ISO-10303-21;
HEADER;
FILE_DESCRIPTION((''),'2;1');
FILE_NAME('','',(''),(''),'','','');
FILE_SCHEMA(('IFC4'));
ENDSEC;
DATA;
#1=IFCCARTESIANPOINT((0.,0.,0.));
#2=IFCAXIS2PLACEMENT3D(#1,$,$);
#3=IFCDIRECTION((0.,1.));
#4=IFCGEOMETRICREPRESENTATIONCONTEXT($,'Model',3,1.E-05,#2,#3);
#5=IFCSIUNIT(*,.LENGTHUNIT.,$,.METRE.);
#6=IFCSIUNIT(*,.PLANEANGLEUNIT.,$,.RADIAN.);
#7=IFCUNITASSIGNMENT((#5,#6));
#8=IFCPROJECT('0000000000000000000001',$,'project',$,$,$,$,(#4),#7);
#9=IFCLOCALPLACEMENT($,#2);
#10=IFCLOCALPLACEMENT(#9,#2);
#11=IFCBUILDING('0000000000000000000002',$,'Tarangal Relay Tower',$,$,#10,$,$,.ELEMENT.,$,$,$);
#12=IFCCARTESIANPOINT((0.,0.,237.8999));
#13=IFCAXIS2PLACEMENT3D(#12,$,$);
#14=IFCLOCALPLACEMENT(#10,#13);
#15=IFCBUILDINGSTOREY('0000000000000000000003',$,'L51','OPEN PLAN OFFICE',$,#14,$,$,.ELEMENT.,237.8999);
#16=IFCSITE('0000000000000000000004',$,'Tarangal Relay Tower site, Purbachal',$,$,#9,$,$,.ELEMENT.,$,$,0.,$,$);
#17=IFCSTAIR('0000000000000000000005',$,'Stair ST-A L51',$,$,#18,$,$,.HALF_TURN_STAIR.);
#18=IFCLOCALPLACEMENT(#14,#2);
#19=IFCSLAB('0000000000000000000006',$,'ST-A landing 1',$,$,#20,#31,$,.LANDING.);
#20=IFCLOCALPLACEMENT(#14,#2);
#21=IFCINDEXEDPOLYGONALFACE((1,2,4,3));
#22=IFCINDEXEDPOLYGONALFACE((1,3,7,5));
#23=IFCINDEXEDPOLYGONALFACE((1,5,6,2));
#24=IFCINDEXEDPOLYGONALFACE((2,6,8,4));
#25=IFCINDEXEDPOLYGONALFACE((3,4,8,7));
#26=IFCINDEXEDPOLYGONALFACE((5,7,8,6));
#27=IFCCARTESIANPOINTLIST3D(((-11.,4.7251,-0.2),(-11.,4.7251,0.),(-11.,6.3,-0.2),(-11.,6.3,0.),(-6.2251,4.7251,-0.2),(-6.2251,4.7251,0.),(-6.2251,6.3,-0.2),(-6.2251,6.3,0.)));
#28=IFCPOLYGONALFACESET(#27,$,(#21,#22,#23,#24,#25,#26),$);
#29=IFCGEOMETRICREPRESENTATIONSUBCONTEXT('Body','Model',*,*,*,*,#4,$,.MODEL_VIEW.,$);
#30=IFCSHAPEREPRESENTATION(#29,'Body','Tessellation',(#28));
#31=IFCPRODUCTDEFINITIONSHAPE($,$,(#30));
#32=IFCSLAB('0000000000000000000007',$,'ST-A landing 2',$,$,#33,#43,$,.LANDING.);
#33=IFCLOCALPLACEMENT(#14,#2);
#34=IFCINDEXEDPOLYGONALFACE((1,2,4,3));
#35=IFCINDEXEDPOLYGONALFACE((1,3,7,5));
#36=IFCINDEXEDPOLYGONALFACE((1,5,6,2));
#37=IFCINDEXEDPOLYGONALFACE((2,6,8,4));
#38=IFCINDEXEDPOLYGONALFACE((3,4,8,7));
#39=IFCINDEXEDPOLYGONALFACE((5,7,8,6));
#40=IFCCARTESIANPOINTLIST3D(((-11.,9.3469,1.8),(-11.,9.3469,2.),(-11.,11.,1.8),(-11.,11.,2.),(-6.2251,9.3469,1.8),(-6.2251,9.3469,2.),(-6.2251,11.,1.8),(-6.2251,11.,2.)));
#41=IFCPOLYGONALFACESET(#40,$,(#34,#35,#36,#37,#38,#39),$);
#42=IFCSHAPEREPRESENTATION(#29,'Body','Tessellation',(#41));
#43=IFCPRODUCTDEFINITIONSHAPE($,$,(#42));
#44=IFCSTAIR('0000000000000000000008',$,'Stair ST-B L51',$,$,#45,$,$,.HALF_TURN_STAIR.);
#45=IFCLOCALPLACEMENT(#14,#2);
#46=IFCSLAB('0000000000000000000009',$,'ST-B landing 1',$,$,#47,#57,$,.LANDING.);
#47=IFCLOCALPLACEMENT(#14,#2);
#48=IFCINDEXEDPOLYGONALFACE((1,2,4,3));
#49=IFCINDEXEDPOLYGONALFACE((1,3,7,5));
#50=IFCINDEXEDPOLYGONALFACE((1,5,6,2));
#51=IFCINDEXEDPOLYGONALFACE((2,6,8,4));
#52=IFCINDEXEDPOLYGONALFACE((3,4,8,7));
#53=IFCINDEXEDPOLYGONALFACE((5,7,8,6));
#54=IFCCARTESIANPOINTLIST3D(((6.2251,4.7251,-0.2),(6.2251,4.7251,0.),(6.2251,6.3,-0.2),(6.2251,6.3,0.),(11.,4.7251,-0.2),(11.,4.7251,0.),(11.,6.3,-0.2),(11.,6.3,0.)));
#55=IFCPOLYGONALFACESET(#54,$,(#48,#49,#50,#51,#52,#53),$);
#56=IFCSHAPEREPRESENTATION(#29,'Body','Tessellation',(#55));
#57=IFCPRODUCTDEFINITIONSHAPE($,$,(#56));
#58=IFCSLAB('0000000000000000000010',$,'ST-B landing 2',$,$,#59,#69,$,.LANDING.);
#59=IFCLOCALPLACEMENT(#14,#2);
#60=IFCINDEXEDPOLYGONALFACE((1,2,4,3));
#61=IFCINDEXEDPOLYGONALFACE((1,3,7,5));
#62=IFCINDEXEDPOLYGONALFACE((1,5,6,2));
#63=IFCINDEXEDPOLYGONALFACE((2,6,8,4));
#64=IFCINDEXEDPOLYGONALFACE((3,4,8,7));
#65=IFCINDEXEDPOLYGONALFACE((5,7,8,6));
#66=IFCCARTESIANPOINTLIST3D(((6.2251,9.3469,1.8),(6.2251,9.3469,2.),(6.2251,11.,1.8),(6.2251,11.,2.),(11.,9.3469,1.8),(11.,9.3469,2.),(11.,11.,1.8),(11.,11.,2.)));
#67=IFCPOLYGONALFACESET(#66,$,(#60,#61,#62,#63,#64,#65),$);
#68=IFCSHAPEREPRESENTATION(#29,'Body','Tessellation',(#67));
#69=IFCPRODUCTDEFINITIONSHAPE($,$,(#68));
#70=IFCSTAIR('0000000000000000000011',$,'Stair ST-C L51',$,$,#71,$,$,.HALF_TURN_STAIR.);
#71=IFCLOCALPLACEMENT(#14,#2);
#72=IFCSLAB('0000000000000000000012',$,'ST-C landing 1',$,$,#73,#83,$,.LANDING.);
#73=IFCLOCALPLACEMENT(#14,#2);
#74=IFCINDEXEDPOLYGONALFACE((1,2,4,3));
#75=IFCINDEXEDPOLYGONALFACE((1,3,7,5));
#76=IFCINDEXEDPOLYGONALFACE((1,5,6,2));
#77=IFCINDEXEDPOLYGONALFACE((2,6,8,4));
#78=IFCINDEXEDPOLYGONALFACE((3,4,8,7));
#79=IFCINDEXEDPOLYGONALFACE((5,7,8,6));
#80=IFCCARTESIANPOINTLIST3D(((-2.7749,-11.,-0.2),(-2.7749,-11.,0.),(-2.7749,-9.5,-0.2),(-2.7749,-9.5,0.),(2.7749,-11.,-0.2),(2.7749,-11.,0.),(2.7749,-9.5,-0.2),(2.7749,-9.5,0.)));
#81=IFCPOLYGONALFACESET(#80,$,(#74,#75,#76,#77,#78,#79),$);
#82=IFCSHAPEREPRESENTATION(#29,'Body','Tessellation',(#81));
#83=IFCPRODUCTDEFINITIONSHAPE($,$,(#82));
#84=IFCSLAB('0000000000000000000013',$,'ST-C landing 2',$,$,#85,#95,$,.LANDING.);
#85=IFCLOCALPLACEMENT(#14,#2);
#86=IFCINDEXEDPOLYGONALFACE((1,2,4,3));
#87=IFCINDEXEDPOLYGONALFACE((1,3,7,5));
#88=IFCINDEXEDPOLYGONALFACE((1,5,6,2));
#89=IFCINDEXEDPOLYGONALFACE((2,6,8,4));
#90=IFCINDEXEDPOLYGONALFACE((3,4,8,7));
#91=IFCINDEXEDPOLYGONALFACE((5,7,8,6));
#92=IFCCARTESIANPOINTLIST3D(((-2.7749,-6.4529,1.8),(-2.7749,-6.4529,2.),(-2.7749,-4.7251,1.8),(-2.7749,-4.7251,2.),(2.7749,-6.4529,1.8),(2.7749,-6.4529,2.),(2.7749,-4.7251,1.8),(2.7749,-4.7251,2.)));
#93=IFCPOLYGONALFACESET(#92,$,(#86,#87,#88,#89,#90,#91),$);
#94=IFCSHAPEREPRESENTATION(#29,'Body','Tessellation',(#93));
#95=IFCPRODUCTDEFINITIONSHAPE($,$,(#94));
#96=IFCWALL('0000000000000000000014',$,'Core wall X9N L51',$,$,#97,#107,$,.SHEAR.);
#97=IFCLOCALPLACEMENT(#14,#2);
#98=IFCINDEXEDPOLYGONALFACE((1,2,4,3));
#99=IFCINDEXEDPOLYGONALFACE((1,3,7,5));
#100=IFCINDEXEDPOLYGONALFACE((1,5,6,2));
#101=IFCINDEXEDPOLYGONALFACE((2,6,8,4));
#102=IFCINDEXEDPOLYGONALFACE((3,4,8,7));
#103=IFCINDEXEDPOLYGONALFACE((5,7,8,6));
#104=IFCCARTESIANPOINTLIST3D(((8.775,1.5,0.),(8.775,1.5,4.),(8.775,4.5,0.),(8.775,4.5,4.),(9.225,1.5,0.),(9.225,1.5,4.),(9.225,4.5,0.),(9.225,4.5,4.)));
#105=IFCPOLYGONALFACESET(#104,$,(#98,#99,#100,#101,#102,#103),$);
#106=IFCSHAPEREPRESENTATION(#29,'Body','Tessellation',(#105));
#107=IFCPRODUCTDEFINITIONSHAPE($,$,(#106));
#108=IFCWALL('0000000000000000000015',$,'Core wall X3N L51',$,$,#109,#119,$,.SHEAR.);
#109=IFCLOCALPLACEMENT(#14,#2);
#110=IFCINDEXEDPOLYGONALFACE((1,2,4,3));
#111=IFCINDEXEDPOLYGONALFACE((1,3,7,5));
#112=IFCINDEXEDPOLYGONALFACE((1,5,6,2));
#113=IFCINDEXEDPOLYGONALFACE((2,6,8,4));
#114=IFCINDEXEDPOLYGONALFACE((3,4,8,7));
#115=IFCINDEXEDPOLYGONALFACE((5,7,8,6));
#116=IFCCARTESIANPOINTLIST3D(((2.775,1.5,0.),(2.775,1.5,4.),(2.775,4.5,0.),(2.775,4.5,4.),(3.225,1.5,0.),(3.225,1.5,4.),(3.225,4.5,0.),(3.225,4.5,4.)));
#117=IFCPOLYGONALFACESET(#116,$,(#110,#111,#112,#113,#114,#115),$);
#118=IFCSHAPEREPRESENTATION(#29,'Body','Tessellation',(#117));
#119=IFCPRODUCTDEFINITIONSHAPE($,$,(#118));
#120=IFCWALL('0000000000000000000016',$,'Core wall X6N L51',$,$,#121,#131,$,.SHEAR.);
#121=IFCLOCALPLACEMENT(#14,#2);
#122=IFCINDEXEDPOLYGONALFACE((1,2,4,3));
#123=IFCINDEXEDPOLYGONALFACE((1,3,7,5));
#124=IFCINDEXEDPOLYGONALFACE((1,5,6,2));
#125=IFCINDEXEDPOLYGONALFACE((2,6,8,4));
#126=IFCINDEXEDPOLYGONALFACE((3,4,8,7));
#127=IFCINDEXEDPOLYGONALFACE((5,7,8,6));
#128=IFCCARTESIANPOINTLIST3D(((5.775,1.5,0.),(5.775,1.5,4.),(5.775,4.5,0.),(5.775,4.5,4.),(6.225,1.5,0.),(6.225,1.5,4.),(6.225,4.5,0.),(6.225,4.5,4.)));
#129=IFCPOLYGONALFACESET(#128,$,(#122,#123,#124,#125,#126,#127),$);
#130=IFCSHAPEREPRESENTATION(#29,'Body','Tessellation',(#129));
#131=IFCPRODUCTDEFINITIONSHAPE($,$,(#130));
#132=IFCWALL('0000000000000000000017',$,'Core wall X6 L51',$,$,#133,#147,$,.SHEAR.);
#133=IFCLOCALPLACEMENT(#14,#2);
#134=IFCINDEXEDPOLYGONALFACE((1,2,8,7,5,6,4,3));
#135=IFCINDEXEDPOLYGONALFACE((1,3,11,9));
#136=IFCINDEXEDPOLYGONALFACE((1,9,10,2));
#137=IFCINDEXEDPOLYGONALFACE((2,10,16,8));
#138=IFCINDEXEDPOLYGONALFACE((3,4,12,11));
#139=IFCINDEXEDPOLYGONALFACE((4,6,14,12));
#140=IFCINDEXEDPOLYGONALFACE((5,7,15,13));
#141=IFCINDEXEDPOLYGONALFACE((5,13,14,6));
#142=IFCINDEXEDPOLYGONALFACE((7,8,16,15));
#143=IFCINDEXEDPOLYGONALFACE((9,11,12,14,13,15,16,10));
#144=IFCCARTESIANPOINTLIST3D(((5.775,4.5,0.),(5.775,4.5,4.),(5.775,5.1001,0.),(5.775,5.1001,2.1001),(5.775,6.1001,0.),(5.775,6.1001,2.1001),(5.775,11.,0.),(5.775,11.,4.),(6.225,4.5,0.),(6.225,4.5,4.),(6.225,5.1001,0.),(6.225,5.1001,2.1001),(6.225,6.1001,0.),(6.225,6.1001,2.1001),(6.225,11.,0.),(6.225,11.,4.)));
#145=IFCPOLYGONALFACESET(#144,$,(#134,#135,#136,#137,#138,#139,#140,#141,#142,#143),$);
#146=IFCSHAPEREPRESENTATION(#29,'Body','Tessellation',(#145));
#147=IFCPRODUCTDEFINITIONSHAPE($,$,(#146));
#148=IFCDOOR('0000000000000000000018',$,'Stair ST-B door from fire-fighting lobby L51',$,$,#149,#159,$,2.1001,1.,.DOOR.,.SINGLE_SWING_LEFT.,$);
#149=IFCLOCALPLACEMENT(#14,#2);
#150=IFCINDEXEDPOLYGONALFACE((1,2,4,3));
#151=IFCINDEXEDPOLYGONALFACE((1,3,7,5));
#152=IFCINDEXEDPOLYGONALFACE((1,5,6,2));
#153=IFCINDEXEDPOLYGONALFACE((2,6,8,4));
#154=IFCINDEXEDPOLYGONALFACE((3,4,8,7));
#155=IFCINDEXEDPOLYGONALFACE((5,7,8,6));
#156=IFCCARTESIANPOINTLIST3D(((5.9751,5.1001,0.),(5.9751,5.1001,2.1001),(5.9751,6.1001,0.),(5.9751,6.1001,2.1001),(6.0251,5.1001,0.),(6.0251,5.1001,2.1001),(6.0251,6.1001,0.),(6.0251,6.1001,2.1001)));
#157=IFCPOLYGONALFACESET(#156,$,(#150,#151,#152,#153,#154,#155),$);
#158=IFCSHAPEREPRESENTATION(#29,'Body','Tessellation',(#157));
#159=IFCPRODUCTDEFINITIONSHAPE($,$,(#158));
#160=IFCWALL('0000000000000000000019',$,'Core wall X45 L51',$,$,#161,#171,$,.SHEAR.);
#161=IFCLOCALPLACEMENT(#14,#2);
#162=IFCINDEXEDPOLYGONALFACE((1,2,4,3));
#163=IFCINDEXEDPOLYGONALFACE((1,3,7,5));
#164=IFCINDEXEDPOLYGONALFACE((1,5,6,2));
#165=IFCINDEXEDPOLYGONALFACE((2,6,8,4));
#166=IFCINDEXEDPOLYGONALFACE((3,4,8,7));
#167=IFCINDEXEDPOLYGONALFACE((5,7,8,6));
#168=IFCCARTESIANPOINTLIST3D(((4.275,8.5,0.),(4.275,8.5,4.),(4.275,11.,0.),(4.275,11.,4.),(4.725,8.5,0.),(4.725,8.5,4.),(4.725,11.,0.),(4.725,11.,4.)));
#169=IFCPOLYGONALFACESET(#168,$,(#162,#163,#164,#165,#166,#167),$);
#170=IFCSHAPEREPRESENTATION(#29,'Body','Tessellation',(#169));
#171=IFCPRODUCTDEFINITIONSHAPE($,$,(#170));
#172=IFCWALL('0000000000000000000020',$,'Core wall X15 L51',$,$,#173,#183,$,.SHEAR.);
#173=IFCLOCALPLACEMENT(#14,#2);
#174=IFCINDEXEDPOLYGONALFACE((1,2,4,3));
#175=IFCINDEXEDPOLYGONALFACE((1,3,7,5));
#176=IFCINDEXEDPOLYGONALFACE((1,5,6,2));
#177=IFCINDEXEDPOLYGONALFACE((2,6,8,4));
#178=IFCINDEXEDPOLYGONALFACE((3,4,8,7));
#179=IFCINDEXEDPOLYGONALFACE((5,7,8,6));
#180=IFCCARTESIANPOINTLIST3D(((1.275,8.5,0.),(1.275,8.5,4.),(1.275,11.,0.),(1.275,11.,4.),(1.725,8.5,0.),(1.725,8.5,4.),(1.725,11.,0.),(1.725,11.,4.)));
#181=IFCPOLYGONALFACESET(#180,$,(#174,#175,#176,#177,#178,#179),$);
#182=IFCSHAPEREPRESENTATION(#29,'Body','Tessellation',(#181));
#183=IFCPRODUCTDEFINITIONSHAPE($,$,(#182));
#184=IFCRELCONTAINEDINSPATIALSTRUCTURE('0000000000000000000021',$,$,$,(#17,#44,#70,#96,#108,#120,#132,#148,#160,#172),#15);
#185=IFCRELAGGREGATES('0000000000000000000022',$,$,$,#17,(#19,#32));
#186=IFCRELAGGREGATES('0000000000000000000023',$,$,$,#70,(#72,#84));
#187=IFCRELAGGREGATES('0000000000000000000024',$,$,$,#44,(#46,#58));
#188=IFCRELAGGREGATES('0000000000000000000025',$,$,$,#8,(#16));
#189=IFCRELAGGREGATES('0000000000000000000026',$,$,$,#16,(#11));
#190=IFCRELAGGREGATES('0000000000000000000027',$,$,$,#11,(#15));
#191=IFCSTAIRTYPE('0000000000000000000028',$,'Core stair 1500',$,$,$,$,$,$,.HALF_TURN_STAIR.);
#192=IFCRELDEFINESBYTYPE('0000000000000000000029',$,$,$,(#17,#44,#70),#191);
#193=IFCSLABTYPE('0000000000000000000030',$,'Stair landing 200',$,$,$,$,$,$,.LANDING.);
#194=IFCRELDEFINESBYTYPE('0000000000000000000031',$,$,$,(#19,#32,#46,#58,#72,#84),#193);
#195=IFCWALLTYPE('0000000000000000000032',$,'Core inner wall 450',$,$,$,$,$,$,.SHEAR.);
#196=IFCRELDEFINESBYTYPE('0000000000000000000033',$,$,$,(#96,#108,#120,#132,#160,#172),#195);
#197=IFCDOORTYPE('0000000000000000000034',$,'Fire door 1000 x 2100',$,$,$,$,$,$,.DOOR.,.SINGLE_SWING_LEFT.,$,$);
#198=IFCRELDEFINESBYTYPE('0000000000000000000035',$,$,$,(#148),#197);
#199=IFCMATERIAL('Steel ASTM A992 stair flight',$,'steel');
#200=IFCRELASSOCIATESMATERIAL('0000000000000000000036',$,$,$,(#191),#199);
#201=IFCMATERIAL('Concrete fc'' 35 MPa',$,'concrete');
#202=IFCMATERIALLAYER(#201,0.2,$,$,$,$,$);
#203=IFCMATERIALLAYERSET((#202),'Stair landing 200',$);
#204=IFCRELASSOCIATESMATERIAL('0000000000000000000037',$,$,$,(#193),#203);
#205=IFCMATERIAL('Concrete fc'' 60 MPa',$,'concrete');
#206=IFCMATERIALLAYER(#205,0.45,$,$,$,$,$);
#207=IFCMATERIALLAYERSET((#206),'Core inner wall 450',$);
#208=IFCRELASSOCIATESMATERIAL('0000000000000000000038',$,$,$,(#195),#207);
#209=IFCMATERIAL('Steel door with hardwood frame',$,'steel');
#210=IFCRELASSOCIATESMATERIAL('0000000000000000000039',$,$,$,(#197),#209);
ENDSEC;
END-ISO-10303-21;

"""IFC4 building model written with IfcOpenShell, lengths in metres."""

from ifc_helpers import new_model, si_unit, direction, frame, frame_2d, origin, place, context, subcontext, project, spatial, polyline, rectangle, outline, extrude, material, layer, layer_set, type_object, element, fill, aggregate, save


model = new_model("IFC4")

# Units and contexts
model_context = context("Model", 3, precision=1e-05, world=origin(), true_north=direction((0.0, 1.0)))
body_context = subcontext(model_context, "Body", "Model", "MODEL_VIEW")
ifc_project = project(units=[si_unit("LENGTHUNIT", "METRE"), si_unit("PLANEANGLEUNIT", "RADIAN")], contexts=[model_context])

# Site, building, storey
site_placement = place(None, origin())
site = spatial("IfcSite", under=ifc_project, at=site_placement, Name="Tarangal Relay Tower site, Purbachal", CompositionType="ELEMENT", RefElevation=0.0)
building_placement = place(site_placement, origin())
building = spatial("IfcBuilding", under=site, at=building_placement, Name="Tarangal Relay Tower", CompositionType="ELEMENT")
storey_placement = place(building_placement, frame((0.0, 0.0, 237.8999)))
storey = spatial("IfcBuildingStorey", under=building, at=storey_placement, Name="L51", Description="OPEN PLAN OFFICE", CompositionType="ELEMENT", Elevation=237.8999)

# Stairs, slabs
ifc_material_1 = material(Name="Steel ASTM A992 stair flight", Category="steel")
stair_type = type_object("IfcStairType", Name="Core stair 1500", PredefinedType="HALF_TURN_STAIR", material=ifc_material_1)
stair_1_placement = place(storey_placement, origin())
stair_1 = element("IfcStair", 1, at=stair_1_placement, inside=storey, type_object=stair_type, Name="Stair ST-A L51", PredefinedType="HALF_TURN_STAIR")
ifc_material_2 = material(Name="Concrete fc' 35 MPa", Category="concrete")
ifc_layer_1 = layer(ifc_material_2, 0.2)
ifc_layer_set_1 = layer_set([ifc_layer_1], Name="Stair landing 200")
slab_type = type_object("IfcSlabType", Name="Stair landing 200", PredefinedType="LANDING", material=ifc_layer_set_1)
slab_1_placement = place(storey_placement, frame((0.0, 0.0, -0.2)))
slab_1 = element("IfcSlab", 2, at=slab_1_placement, type_object=slab_type, Name="ST-A landing 1", PredefinedType="LANDING", context=body_context, shape_type="SweptSolid", body=[
    extrude(outline(polyline([(-11.0, 4.7251), (-6.2251, 4.7251), (-6.2251, 6.3), (-11.0, 6.3), (-11.0, 4.7251)])), origin(), (0.0, 0.0, 1.0), 0.2),
])
slab_2_placement = place(storey_placement, frame((0.0, 0.0, 1.8)))
slab_2 = element("IfcSlab", 3, at=slab_2_placement, type_object=slab_type, Name="ST-A landing 2", PredefinedType="LANDING", context=body_context, shape_type="SweptSolid", body=[
    extrude(outline(polyline([(-11.0, 9.3469), (-6.2251, 9.3469), (-6.2251, 11.0), (-11.0, 11.0), (-11.0, 9.3469)])), origin(), (0.0, 0.0, 1.0), 0.2),
])
aggregate(stair_1, [slab_1, slab_2])
stair_2_placement = place(storey_placement, origin())
stair_2 = element("IfcStair", 4, at=stair_2_placement, inside=storey, type_object=stair_type, Name="Stair ST-B L51", PredefinedType="HALF_TURN_STAIR")
slab_3_placement = place(storey_placement, frame((0.0, 0.0, -0.2)))
slab_3 = element("IfcSlab", 5, at=slab_3_placement, type_object=slab_type, Name="ST-B landing 1", PredefinedType="LANDING", context=body_context, shape_type="SweptSolid", body=[
    extrude(outline(polyline([(6.2251, 4.7251), (11.0, 4.7251), (11.0, 6.3), (6.2251, 6.3), (6.2251, 4.7251)])), origin(), (0.0, 0.0, 1.0), 0.2),
])
slab_4_placement = place(storey_placement, frame((0.0, 0.0, 1.8)))
slab_4 = element("IfcSlab", 6, at=slab_4_placement, type_object=slab_type, Name="ST-B landing 2", PredefinedType="LANDING", context=body_context, shape_type="SweptSolid", body=[
    extrude(outline(polyline([(6.2251, 9.3469), (11.0, 9.3469), (11.0, 11.0), (6.2251, 11.0), (6.2251, 9.3469)])), origin(), (0.0, 0.0, 1.0), 0.2),
])
stair_3_placement = place(storey_placement, origin())
stair_3 = element("IfcStair", 7, at=stair_3_placement, inside=storey, type_object=stair_type, Name="Stair ST-C L51", PredefinedType="HALF_TURN_STAIR")
slab_5_placement = place(storey_placement, frame((0.0, 0.0, -0.2)))
slab_5 = element("IfcSlab", 8, at=slab_5_placement, type_object=slab_type, Name="ST-C landing 1", PredefinedType="LANDING", context=body_context, shape_type="SweptSolid", body=[
    extrude(outline(polyline([(-2.7749, -11.0), (2.7749, -11.0), (2.7749, -9.5), (-2.7749, -9.5), (-2.7749, -11.0)])), origin(), (0.0, 0.0, 1.0), 0.2),
])
slab_6_placement = place(storey_placement, frame((0.0, 0.0, 1.8)))
slab_6 = element("IfcSlab", 9, at=slab_6_placement, type_object=slab_type, Name="ST-C landing 2", PredefinedType="LANDING", context=body_context, shape_type="SweptSolid", body=[
    extrude(outline(polyline([(-2.7749, -6.4529), (2.7749, -6.4529), (2.7749, -4.7251), (-2.7749, -4.7251), (-2.7749, -6.4529)])), origin(), (0.0, 0.0, 1.0), 0.2),
])
aggregate(stair_3, [slab_5, slab_6])

# Walls
ifc_material_3 = material(Name="Concrete fc' 60 MPa", Category="concrete")
ifc_layer_2 = layer(ifc_material_3, 0.45)
ifc_layer_set_2 = layer_set([ifc_layer_2], Name="Core inner wall 450")
wall_type_1 = type_object("IfcWallType", Name="Core inner wall 450", PredefinedType="SHEAR", material=ifc_layer_set_2)
for number, where, z_axis, x_axis, name in (
    (10, (9.0, 1.5, 0.0), (0.0, 0.0, 1.0), (0.0, 1.0, 0.0), "Core wall X9N L51"),
    (11, (3.0, 1.5, 0.0), (0.0, 0.0, 1.0), (0.0, 1.0, 0.0), "Core wall X3N L51"),
    (12, (6.0, 1.5, 0.0), (0.0, 0.0, 1.0), (0.0, 1.0, 0.0), "Core wall X6N L51"),
):
    element("IfcWall", number, at=place(storey_placement, frame(where, z_axis=z_axis, x_axis=x_axis)), inside=storey, type_object=wall_type_1, Name=name, PredefinedType="SHEAR", context=body_context, shape_type="SweptSolid", body=[
        extrude(rectangle(XDim=3.0, YDim=0.45, at=frame_2d((1.5, 0.0))), origin(), (0.0, 0.0, 1.0), 4.0),
    ])

# Wall, opening, door
wall_1_placement = place(storey_placement, frame((6.0, 4.5, 0.0), z_axis=(0.0, 0.0, 1.0), x_axis=(0.0, 1.0, 0.0)))
wall_1 = element("IfcWall", 13, at=wall_1_placement, inside=storey, type_object=wall_type_1, Name="Core wall X6 L51", PredefinedType="SHEAR", context=body_context, shape_type="SweptSolid", body=[
    extrude(rectangle(XDim=6.5, YDim=0.45, at=frame_2d((3.25, 0.0))), origin(), (0.0, 0.0, 1.0), 4.0),
])
opening_1_placement = place(wall_1_placement, frame((0.6001, 0.0, 0.0)))
opening_1 = element("IfcOpeningElement", 14, at=opening_1_placement, cuts=wall_1, PredefinedType="OPENING", context=body_context, shape_type="SweptSolid", body=[
    extrude(rectangle(XDim=1.0, YDim=2.1001, at=frame_2d((0.5, 1.05))), frame((0.0, 0.2349, 0.0), z_axis=(0.0, -1.0, 0.0), x_axis=(1.0, 0.0, 0.0)), (0.0, 0.0, 1.0), 0.47),
])
ifc_material_4 = material(Name="Steel door with hardwood frame", Category="steel")
door_type_1 = type_object("IfcDoorType", Name="Fire door 1000 x 2100", OperationType="SINGLE_SWING_LEFT", PredefinedType="DOOR", material=ifc_material_4)
door_1_placement = place(opening_1_placement, origin())
door_1 = element("IfcDoor", 15, at=door_1_placement, inside=storey, type_object=door_type_1, Name="Stair ST-B door from fire-fighting lobby L51", OperationType="SINGLE_SWING_LEFT", OverallHeight=2.1001, OverallWidth=1.0, PredefinedType="DOOR", context=body_context, shape_type="SweptSolid", body=[
    extrude(rectangle(XDim=1.0, YDim=2.1001, at=frame_2d((0.5, 1.05))), frame((0.0, 0.0249, 0.0), z_axis=(0.0, -1.0, 0.0), x_axis=(1.0, 0.0, 0.0)), (0.0, 0.0, 1.0), 0.05),
])
fill(opening_1, door_1)

# Walls
for number, where, z_axis, x_axis, name in (
    (16, (4.5, 8.5, 0.0), (0.0, 0.0, 1.0), (0.0, 1.0, 0.0), "Core wall X45 L51"),
    (17, (1.5, 8.5, 0.0), (0.0, 0.0, 1.0), (0.0, 1.0, 0.0), "Core wall X15 L51"),
):
    element("IfcWall", number, at=place(storey_placement, frame(where, z_axis=z_axis, x_axis=x_axis)), inside=storey, type_object=wall_type_1, Name=name, PredefinedType="SHEAR", context=body_context, shape_type="SweptSolid", body=[
        extrude(rectangle(XDim=2.5, YDim=0.45, at=frame_2d((1.25, 0.0))), origin(), (0.0, 0.0, 1.0), 4.0),
    ])

aggregate(stair_2, [slab_3, slab_4])

save(model, "model.ifc")
